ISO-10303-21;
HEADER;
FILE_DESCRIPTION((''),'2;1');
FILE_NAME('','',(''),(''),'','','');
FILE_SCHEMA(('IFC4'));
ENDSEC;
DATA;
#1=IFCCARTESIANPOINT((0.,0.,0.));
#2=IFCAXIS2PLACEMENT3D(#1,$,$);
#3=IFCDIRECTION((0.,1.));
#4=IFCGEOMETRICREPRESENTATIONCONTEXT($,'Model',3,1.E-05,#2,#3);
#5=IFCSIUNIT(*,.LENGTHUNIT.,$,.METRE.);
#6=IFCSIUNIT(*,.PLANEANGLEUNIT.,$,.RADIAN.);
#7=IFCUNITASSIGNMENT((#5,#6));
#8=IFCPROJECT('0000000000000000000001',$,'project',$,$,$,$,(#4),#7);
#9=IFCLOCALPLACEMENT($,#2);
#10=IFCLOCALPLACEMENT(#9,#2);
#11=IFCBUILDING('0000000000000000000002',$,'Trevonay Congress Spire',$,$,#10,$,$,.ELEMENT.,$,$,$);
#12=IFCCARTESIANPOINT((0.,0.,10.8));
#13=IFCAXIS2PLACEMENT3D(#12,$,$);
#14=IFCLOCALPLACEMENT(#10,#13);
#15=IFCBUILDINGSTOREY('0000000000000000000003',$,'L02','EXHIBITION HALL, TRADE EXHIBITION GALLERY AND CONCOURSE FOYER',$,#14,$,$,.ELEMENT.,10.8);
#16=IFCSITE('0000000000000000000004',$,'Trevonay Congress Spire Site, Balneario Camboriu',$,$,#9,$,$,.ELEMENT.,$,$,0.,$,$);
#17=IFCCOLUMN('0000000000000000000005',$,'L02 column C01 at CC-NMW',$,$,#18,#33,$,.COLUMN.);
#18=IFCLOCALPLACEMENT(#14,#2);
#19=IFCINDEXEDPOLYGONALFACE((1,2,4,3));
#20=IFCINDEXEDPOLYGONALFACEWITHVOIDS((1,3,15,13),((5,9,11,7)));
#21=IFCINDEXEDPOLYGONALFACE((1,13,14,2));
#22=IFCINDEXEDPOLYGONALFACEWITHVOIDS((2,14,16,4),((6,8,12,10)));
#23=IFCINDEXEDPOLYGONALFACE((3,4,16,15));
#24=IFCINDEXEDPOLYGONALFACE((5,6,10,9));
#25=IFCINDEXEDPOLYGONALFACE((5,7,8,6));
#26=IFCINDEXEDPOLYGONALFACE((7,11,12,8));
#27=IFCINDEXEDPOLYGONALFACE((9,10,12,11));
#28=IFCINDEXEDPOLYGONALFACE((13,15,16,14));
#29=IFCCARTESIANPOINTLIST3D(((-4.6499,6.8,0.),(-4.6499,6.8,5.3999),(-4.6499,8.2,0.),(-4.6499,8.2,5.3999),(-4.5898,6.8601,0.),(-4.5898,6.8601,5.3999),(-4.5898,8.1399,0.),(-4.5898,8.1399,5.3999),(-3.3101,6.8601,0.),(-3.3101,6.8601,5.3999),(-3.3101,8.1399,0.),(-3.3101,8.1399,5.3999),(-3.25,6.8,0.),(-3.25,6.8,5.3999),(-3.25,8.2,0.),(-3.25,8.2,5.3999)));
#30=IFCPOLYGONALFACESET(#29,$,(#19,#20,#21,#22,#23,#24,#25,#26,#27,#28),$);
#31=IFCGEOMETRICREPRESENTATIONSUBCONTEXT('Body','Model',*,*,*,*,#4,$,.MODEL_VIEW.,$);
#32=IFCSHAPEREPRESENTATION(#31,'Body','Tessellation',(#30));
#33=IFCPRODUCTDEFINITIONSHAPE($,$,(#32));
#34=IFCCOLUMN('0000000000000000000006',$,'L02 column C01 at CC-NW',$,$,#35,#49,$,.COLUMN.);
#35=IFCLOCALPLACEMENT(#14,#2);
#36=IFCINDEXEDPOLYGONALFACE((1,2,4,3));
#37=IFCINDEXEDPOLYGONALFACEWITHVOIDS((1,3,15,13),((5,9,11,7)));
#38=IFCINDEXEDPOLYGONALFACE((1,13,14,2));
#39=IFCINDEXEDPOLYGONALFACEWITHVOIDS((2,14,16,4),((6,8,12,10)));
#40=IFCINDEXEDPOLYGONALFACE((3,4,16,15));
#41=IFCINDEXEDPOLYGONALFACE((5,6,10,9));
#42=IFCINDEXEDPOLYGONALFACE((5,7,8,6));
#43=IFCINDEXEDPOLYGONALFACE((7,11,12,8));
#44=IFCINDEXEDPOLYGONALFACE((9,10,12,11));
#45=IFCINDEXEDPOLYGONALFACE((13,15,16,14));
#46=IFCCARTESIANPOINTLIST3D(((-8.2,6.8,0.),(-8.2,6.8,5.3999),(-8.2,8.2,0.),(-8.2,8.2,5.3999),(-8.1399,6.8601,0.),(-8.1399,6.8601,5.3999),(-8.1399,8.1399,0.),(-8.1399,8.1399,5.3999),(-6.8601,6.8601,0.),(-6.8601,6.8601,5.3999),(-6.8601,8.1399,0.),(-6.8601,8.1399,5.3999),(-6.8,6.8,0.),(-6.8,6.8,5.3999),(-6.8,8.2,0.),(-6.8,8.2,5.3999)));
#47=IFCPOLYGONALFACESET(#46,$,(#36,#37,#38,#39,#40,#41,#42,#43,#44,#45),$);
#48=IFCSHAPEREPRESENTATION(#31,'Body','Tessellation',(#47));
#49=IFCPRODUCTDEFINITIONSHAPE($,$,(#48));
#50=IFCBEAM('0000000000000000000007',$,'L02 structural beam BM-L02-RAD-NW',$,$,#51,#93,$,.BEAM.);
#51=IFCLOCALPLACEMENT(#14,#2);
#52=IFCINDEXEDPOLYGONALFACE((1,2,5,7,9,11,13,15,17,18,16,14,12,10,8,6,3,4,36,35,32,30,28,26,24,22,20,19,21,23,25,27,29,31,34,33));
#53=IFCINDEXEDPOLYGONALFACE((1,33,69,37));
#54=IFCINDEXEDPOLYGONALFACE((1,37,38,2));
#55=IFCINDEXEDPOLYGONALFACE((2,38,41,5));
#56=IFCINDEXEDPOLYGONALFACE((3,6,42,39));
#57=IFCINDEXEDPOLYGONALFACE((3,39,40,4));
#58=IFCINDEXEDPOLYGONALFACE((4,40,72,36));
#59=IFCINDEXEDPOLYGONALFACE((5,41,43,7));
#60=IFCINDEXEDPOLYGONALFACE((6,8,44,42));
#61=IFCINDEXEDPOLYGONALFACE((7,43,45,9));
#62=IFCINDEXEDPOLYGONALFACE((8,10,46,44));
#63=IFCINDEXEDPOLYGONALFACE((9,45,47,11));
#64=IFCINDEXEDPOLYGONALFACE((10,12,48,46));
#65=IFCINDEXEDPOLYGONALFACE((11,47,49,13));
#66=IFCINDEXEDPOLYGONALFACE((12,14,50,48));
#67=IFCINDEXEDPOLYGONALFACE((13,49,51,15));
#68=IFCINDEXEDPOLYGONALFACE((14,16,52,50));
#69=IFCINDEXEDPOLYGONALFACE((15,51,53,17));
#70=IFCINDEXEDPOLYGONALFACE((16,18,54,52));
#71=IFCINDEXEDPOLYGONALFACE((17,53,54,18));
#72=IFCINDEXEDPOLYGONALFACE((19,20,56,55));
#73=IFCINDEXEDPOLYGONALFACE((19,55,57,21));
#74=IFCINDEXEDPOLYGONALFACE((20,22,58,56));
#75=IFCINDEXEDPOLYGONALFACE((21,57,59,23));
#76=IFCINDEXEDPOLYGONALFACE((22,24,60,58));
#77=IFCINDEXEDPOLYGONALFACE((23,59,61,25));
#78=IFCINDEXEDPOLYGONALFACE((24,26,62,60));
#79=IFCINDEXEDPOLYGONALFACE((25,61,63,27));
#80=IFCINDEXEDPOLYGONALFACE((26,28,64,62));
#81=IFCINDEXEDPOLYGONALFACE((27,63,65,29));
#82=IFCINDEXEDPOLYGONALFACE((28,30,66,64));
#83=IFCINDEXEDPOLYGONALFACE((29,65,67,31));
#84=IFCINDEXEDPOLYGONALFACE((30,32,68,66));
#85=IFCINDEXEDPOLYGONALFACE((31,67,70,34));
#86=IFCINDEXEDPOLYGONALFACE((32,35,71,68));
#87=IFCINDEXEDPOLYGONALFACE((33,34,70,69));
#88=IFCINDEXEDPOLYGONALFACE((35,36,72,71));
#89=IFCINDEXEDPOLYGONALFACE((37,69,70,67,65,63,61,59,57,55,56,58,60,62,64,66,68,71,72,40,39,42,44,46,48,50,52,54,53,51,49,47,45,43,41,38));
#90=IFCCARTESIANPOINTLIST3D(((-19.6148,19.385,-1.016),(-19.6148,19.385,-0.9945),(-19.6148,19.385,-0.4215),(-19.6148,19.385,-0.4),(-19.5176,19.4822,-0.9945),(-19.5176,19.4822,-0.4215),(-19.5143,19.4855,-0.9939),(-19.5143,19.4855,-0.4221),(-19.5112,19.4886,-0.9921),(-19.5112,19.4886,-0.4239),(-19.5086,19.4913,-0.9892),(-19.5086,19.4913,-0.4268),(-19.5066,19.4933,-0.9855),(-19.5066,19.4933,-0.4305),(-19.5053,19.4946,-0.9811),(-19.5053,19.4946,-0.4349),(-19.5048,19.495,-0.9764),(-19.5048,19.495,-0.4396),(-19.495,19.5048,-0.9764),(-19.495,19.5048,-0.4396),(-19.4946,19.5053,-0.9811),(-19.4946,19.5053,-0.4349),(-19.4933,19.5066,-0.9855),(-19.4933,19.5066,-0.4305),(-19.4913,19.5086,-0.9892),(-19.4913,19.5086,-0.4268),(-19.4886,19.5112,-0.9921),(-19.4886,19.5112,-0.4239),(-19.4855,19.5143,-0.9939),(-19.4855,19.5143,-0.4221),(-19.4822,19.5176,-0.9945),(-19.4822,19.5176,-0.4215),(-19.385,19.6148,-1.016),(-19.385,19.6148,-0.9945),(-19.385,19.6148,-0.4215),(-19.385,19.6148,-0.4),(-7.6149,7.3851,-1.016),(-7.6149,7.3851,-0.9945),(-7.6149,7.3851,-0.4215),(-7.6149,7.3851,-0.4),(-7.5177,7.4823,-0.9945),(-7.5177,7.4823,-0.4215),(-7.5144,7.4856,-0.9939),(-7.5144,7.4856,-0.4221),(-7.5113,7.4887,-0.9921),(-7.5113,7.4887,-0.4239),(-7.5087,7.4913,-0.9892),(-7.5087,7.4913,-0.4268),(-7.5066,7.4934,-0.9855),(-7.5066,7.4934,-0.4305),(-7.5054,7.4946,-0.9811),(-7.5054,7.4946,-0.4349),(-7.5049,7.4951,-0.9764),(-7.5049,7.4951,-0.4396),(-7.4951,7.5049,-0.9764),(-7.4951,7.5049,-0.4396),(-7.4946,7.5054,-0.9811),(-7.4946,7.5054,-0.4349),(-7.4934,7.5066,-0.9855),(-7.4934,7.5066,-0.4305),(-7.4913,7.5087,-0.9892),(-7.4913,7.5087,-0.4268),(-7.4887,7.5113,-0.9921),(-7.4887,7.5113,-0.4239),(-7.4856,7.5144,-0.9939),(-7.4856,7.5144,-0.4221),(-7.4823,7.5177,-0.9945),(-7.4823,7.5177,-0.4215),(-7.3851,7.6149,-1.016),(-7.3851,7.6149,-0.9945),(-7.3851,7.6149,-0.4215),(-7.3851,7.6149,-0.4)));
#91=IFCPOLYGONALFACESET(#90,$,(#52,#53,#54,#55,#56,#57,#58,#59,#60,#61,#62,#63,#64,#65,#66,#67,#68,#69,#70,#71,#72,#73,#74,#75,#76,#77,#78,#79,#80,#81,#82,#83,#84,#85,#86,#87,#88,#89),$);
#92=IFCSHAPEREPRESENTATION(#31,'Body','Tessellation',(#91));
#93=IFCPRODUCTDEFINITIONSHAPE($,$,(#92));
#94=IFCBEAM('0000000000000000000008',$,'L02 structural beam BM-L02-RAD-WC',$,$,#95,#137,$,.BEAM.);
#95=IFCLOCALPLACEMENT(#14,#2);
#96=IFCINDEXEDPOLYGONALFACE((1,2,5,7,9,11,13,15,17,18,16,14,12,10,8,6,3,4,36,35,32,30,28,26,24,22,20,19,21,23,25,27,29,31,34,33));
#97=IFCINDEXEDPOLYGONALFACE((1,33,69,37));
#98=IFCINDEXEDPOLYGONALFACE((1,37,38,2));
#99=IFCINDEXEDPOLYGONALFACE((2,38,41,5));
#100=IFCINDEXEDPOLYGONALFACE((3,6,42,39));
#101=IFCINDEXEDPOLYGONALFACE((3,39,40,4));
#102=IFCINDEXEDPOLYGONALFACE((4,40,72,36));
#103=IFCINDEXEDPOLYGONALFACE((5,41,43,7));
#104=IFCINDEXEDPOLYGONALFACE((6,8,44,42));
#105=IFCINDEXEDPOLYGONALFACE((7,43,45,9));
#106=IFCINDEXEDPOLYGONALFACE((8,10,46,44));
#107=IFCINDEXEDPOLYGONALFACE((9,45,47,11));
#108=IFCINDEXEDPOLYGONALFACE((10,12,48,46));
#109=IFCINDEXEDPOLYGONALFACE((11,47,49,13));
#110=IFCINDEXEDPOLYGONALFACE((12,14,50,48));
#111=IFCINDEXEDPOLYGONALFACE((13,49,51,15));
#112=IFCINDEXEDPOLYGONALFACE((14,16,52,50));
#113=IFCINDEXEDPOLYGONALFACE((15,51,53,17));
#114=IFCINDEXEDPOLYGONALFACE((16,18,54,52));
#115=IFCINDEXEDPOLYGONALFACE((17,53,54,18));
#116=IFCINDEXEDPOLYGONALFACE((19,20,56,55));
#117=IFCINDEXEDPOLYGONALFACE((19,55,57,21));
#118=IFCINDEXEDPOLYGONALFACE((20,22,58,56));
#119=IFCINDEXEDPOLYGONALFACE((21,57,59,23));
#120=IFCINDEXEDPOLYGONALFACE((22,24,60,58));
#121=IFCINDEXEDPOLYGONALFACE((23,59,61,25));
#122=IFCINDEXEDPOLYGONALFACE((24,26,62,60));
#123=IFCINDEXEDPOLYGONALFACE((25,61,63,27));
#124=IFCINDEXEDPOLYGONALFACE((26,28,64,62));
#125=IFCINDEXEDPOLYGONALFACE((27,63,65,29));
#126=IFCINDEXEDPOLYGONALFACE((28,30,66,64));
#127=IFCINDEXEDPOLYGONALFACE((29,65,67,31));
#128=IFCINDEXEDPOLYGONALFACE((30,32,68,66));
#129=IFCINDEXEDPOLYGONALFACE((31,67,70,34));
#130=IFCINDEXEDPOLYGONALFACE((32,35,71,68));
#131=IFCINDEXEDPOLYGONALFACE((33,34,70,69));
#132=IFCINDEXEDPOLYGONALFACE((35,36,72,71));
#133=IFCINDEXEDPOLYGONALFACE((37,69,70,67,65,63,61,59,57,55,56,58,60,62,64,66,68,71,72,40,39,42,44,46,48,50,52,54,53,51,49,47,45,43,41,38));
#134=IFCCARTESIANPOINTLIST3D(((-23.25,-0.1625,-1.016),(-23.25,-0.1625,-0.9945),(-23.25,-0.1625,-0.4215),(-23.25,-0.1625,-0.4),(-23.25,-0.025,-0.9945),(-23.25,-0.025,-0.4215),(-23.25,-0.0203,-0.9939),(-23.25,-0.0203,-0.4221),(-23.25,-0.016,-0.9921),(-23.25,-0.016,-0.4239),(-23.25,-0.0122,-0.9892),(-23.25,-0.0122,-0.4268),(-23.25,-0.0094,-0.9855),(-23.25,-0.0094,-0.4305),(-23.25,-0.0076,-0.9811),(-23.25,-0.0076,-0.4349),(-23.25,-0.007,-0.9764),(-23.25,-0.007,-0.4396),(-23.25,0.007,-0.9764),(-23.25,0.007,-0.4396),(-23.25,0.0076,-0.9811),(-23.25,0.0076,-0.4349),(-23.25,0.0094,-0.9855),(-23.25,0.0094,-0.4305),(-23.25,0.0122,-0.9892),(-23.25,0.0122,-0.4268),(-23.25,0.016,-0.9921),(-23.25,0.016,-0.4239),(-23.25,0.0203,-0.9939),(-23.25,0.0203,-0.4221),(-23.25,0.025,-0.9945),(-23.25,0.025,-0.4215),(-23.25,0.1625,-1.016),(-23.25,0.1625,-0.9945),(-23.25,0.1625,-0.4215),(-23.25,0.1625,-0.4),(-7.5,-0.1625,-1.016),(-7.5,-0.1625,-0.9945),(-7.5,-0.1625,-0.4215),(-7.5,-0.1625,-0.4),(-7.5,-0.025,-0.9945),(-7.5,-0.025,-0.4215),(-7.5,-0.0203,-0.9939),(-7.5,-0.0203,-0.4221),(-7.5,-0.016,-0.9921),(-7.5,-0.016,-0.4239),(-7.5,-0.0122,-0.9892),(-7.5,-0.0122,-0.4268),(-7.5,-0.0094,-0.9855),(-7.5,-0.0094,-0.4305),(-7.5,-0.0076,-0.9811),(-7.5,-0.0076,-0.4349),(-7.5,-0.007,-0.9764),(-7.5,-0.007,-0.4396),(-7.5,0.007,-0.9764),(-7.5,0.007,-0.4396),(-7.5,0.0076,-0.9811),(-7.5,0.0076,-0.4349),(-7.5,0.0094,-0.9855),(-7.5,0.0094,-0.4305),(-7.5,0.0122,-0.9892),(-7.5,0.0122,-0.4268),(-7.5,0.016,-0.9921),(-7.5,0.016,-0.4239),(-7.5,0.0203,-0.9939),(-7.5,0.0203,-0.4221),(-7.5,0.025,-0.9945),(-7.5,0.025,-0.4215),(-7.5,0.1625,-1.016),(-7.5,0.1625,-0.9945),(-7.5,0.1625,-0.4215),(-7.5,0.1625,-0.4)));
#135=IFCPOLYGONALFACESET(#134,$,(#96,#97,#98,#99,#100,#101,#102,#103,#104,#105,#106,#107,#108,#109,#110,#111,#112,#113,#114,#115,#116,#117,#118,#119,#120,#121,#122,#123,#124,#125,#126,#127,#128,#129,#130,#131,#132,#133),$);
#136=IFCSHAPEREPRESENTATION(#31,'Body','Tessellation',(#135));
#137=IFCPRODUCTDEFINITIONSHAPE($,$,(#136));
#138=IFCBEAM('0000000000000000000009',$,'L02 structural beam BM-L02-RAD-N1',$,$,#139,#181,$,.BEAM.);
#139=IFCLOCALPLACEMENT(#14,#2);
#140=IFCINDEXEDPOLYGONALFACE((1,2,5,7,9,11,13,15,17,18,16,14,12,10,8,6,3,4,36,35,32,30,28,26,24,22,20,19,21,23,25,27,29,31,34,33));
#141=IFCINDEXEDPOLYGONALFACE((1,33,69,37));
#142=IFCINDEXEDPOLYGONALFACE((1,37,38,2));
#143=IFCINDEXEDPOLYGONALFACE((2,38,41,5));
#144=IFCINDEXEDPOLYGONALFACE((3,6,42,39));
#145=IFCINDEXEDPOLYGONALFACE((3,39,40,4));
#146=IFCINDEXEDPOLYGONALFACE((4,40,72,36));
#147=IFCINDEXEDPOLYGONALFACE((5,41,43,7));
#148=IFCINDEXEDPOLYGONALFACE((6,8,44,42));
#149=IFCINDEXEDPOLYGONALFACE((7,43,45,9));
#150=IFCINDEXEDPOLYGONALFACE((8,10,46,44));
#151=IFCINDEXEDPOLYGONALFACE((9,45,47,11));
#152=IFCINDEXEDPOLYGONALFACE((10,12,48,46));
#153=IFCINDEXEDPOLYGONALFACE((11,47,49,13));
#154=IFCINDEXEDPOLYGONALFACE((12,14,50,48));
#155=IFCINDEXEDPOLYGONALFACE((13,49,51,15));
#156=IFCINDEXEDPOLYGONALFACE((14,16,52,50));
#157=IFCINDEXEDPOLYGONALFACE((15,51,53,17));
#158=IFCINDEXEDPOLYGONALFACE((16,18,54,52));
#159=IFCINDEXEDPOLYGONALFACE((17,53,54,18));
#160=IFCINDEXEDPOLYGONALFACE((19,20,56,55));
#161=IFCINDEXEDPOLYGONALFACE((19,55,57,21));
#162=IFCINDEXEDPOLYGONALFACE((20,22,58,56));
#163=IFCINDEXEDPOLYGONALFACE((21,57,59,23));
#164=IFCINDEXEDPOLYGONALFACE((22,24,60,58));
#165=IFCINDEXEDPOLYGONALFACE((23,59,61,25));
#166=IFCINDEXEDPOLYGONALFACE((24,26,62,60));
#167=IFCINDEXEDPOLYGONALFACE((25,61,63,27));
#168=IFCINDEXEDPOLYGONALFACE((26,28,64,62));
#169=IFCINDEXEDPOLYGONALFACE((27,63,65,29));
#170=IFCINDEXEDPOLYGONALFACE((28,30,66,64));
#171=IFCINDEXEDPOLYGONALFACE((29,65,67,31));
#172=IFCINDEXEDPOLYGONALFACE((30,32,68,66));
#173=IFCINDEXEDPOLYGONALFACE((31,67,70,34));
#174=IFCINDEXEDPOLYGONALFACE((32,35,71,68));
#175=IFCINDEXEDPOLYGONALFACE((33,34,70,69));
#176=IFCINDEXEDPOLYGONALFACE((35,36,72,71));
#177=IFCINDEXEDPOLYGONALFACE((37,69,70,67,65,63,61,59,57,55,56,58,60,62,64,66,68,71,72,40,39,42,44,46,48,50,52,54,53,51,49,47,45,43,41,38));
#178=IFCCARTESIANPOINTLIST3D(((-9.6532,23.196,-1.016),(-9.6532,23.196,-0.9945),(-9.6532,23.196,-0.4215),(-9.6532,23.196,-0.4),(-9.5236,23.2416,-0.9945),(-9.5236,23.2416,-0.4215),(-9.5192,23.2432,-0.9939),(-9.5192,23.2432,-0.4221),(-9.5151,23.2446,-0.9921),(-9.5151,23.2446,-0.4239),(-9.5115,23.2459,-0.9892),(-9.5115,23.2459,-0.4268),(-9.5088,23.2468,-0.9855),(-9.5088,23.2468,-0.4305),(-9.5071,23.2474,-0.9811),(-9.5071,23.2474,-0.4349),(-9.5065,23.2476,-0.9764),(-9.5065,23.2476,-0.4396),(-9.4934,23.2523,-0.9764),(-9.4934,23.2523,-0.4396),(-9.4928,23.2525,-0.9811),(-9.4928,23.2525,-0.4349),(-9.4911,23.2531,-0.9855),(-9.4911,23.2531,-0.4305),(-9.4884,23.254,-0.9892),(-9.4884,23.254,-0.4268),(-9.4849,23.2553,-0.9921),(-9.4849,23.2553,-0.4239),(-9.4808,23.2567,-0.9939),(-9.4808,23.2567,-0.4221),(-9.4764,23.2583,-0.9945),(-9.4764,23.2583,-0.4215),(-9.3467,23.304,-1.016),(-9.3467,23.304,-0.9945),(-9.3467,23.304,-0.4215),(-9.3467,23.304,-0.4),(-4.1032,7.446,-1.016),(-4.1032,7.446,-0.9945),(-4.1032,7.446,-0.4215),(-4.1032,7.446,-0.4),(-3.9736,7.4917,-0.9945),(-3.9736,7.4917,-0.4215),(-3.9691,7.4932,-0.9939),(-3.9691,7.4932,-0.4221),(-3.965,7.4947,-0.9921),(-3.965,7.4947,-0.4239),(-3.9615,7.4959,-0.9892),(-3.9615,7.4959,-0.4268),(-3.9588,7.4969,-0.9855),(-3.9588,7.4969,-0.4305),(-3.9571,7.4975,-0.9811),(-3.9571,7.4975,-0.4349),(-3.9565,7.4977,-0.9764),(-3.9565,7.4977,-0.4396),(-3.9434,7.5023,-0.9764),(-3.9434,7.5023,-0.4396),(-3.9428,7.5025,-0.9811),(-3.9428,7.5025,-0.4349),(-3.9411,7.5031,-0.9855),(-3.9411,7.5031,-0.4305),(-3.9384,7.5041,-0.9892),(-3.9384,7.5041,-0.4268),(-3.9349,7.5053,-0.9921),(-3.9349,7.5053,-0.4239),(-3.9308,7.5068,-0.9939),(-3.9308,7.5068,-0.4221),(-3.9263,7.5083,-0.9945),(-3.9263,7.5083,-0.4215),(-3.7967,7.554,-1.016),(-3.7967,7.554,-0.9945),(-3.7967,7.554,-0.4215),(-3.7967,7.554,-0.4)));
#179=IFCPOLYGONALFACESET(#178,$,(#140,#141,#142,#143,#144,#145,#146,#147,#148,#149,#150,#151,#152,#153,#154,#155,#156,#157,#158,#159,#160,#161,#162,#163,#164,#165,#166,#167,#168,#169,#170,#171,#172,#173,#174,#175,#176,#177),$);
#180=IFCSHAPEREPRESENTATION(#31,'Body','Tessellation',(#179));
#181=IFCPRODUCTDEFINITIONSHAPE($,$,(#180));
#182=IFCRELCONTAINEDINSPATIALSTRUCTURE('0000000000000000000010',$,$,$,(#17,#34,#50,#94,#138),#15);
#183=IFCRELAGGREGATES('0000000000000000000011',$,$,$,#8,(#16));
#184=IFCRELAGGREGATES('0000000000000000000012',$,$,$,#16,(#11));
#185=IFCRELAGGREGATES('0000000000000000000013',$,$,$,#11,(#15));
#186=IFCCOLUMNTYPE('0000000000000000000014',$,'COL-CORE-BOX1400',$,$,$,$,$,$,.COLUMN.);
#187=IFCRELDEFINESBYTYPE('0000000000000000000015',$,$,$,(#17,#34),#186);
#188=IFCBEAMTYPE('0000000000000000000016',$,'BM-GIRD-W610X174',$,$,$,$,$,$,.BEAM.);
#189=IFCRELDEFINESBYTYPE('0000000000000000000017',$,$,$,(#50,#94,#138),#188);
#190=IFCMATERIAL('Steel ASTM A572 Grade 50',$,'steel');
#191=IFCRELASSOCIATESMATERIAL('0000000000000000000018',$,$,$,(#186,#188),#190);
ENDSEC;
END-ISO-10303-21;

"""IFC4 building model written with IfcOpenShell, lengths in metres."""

from ifc_helpers import new_model, si_unit, direction, frame, origin, origin_2d, place, context, subcontext, project, spatial, hollow_rectangle, i_section, extrude, material, material_profile, profile_set, type_object, element, save


model = new_model("IFC4")

# Units and contexts
model_context = context("Model", 3, precision=1e-05, world=origin(), true_north=direction((0.0, 1.0)))
body_context = subcontext(model_context, "Body", "Model", "MODEL_VIEW")
ifc_project = project(units=[si_unit("LENGTHUNIT", "METRE"), si_unit("PLANEANGLEUNIT", "RADIAN")], contexts=[model_context])

# Site, building, storey
site_placement = place(None, origin())
site = spatial("IfcSite", under=ifc_project, at=site_placement, Name="Trevonay Congress Spire Site, Balneario Camboriu", CompositionType="ELEMENT", RefElevation=0.0)
building_placement = place(site_placement, origin())
building = spatial("IfcBuilding", under=site, at=building_placement, Name="Trevonay Congress Spire", CompositionType="ELEMENT")
storey_placement = place(building_placement, frame((0.0, 0.0, 10.8)))
storey = spatial("IfcBuildingStorey", under=building, at=storey_placement, Name="L02", Description="EXHIBITION HALL, TRADE EXHIBITION GALLERY AND CONCOURSE FOYER", CompositionType="ELEMENT", Elevation=10.8)

# Columns
ifc_material_1 = material(Name="Steel ASTM A572 Grade 50", Category="steel")
ifc_material_profile_1 = material_profile(ifc_material_1, hollow_rectangle(XDim=1.3999, YDim=1.3999, WallThickness=0.0601, at=origin_2d()), Name="BOX 1400x1400x60")
ifc_profile_set_1 = profile_set([ifc_material_profile_1], Name="Steel ASTM A572 Grade 50")
column_type = type_object("IfcColumnType", Name="COL-CORE-BOX1400", PredefinedType="COLUMN", material=ifc_profile_set_1)
for number, where, z_axis, x_axis, name in (
    (1, (-3.95, 7.5, 0.0), (0.0, 0.0, 1.0), (1.0, 0.0, 0.0), "L02 column C01 at CC-NMW"),
    (2, (-7.5, 7.5, 0.0), (0.0, 0.0, 1.0), (1.0, 0.0, 0.0), "L02 column C01 at CC-NW"),
):
    element("IfcColumn", number, at=place(storey_placement, frame(where, z_axis=z_axis, x_axis=x_axis)), inside=storey, type_object=column_type, Name=name, PredefinedType="COLUMN", context=body_context, shape_type="SweptSolid", body=[
        extrude(hollow_rectangle(XDim=1.3999, YDim=1.3999, WallThickness=0.0601, at=origin_2d()), origin(), (0.0, 0.0, 1.0), 5.3999),
    ])

# Beams
ifc_material_profile_2 = material_profile(ifc_material_1, i_section(OverallWidth=0.325, OverallDepth=0.616, WebThickness=0.0139, FlangeThickness=0.0215, FilletRadius=0.0181, at=origin_2d()), Name="W610x174")
ifc_profile_set_2 = profile_set([ifc_material_profile_2], Name="Steel ASTM A572 Grade 50")
beam_type_1 = type_object("IfcBeamType", Name="BM-GIRD-W610X174", PredefinedType="BEAM", material=ifc_profile_set_2)
beam_1_placement = place(storey_placement, frame((-7.5, 7.5, -0.708), z_axis=(-0.707107, 0.707107, 0.0), x_axis=(-0.707107, -0.707107, 0.0)))
element("IfcBeam", 3, at=beam_1_placement, inside=storey, type_object=beam_type_1, Name="L02 structural beam BM-L02-RAD-NW", PredefinedType="BEAM", context=body_context, shape_type="SweptSolid", body=[
    extrude(i_section(OverallWidth=0.325, OverallDepth=0.616, WebThickness=0.0139, FlangeThickness=0.0215, FilletRadius=0.0181, at=origin_2d()), origin(), (0.0, 0.0, 1.0), 16.9705),
])
beam_2_placement = place(storey_placement, frame((-7.5, 0.0, -0.708), z_axis=(-1.0, 0.0, 0.0), x_axis=(0.0, -1.0, 0.0)))
element("IfcBeam", 4, at=beam_2_placement, inside=storey, type_object=beam_type_1, Name="L02 structural beam BM-L02-RAD-WC", PredefinedType="BEAM", context=body_context, shape_type="SweptSolid", body=[
    extrude(i_section(OverallWidth=0.325, OverallDepth=0.616, WebThickness=0.0139, FlangeThickness=0.0215, FilletRadius=0.0181, at=origin_2d()), origin(), (0.0, 0.0, 1.0), 15.75),
])
beam_3_placement = place(storey_placement, frame((-3.95, 7.5, -0.708), z_axis=(-0.332353, 0.943155, 0.0), x_axis=(-0.943155, -0.332353, 0.0)))
element("IfcBeam", 5, at=beam_3_placement, inside=storey, type_object=beam_type_1, Name="L02 structural beam BM-L02-RAD-N1", PredefinedType="BEAM", context=body_context, shape_type="SweptSolid", body=[
    extrude(i_section(OverallWidth=0.325, OverallDepth=0.616, WebThickness=0.0139, FlangeThickness=0.0215, FilletRadius=0.0181, at=origin_2d()), origin(), (0.0, 0.0, 1.0), 16.6992),
])

save(model, "model.ifc")
